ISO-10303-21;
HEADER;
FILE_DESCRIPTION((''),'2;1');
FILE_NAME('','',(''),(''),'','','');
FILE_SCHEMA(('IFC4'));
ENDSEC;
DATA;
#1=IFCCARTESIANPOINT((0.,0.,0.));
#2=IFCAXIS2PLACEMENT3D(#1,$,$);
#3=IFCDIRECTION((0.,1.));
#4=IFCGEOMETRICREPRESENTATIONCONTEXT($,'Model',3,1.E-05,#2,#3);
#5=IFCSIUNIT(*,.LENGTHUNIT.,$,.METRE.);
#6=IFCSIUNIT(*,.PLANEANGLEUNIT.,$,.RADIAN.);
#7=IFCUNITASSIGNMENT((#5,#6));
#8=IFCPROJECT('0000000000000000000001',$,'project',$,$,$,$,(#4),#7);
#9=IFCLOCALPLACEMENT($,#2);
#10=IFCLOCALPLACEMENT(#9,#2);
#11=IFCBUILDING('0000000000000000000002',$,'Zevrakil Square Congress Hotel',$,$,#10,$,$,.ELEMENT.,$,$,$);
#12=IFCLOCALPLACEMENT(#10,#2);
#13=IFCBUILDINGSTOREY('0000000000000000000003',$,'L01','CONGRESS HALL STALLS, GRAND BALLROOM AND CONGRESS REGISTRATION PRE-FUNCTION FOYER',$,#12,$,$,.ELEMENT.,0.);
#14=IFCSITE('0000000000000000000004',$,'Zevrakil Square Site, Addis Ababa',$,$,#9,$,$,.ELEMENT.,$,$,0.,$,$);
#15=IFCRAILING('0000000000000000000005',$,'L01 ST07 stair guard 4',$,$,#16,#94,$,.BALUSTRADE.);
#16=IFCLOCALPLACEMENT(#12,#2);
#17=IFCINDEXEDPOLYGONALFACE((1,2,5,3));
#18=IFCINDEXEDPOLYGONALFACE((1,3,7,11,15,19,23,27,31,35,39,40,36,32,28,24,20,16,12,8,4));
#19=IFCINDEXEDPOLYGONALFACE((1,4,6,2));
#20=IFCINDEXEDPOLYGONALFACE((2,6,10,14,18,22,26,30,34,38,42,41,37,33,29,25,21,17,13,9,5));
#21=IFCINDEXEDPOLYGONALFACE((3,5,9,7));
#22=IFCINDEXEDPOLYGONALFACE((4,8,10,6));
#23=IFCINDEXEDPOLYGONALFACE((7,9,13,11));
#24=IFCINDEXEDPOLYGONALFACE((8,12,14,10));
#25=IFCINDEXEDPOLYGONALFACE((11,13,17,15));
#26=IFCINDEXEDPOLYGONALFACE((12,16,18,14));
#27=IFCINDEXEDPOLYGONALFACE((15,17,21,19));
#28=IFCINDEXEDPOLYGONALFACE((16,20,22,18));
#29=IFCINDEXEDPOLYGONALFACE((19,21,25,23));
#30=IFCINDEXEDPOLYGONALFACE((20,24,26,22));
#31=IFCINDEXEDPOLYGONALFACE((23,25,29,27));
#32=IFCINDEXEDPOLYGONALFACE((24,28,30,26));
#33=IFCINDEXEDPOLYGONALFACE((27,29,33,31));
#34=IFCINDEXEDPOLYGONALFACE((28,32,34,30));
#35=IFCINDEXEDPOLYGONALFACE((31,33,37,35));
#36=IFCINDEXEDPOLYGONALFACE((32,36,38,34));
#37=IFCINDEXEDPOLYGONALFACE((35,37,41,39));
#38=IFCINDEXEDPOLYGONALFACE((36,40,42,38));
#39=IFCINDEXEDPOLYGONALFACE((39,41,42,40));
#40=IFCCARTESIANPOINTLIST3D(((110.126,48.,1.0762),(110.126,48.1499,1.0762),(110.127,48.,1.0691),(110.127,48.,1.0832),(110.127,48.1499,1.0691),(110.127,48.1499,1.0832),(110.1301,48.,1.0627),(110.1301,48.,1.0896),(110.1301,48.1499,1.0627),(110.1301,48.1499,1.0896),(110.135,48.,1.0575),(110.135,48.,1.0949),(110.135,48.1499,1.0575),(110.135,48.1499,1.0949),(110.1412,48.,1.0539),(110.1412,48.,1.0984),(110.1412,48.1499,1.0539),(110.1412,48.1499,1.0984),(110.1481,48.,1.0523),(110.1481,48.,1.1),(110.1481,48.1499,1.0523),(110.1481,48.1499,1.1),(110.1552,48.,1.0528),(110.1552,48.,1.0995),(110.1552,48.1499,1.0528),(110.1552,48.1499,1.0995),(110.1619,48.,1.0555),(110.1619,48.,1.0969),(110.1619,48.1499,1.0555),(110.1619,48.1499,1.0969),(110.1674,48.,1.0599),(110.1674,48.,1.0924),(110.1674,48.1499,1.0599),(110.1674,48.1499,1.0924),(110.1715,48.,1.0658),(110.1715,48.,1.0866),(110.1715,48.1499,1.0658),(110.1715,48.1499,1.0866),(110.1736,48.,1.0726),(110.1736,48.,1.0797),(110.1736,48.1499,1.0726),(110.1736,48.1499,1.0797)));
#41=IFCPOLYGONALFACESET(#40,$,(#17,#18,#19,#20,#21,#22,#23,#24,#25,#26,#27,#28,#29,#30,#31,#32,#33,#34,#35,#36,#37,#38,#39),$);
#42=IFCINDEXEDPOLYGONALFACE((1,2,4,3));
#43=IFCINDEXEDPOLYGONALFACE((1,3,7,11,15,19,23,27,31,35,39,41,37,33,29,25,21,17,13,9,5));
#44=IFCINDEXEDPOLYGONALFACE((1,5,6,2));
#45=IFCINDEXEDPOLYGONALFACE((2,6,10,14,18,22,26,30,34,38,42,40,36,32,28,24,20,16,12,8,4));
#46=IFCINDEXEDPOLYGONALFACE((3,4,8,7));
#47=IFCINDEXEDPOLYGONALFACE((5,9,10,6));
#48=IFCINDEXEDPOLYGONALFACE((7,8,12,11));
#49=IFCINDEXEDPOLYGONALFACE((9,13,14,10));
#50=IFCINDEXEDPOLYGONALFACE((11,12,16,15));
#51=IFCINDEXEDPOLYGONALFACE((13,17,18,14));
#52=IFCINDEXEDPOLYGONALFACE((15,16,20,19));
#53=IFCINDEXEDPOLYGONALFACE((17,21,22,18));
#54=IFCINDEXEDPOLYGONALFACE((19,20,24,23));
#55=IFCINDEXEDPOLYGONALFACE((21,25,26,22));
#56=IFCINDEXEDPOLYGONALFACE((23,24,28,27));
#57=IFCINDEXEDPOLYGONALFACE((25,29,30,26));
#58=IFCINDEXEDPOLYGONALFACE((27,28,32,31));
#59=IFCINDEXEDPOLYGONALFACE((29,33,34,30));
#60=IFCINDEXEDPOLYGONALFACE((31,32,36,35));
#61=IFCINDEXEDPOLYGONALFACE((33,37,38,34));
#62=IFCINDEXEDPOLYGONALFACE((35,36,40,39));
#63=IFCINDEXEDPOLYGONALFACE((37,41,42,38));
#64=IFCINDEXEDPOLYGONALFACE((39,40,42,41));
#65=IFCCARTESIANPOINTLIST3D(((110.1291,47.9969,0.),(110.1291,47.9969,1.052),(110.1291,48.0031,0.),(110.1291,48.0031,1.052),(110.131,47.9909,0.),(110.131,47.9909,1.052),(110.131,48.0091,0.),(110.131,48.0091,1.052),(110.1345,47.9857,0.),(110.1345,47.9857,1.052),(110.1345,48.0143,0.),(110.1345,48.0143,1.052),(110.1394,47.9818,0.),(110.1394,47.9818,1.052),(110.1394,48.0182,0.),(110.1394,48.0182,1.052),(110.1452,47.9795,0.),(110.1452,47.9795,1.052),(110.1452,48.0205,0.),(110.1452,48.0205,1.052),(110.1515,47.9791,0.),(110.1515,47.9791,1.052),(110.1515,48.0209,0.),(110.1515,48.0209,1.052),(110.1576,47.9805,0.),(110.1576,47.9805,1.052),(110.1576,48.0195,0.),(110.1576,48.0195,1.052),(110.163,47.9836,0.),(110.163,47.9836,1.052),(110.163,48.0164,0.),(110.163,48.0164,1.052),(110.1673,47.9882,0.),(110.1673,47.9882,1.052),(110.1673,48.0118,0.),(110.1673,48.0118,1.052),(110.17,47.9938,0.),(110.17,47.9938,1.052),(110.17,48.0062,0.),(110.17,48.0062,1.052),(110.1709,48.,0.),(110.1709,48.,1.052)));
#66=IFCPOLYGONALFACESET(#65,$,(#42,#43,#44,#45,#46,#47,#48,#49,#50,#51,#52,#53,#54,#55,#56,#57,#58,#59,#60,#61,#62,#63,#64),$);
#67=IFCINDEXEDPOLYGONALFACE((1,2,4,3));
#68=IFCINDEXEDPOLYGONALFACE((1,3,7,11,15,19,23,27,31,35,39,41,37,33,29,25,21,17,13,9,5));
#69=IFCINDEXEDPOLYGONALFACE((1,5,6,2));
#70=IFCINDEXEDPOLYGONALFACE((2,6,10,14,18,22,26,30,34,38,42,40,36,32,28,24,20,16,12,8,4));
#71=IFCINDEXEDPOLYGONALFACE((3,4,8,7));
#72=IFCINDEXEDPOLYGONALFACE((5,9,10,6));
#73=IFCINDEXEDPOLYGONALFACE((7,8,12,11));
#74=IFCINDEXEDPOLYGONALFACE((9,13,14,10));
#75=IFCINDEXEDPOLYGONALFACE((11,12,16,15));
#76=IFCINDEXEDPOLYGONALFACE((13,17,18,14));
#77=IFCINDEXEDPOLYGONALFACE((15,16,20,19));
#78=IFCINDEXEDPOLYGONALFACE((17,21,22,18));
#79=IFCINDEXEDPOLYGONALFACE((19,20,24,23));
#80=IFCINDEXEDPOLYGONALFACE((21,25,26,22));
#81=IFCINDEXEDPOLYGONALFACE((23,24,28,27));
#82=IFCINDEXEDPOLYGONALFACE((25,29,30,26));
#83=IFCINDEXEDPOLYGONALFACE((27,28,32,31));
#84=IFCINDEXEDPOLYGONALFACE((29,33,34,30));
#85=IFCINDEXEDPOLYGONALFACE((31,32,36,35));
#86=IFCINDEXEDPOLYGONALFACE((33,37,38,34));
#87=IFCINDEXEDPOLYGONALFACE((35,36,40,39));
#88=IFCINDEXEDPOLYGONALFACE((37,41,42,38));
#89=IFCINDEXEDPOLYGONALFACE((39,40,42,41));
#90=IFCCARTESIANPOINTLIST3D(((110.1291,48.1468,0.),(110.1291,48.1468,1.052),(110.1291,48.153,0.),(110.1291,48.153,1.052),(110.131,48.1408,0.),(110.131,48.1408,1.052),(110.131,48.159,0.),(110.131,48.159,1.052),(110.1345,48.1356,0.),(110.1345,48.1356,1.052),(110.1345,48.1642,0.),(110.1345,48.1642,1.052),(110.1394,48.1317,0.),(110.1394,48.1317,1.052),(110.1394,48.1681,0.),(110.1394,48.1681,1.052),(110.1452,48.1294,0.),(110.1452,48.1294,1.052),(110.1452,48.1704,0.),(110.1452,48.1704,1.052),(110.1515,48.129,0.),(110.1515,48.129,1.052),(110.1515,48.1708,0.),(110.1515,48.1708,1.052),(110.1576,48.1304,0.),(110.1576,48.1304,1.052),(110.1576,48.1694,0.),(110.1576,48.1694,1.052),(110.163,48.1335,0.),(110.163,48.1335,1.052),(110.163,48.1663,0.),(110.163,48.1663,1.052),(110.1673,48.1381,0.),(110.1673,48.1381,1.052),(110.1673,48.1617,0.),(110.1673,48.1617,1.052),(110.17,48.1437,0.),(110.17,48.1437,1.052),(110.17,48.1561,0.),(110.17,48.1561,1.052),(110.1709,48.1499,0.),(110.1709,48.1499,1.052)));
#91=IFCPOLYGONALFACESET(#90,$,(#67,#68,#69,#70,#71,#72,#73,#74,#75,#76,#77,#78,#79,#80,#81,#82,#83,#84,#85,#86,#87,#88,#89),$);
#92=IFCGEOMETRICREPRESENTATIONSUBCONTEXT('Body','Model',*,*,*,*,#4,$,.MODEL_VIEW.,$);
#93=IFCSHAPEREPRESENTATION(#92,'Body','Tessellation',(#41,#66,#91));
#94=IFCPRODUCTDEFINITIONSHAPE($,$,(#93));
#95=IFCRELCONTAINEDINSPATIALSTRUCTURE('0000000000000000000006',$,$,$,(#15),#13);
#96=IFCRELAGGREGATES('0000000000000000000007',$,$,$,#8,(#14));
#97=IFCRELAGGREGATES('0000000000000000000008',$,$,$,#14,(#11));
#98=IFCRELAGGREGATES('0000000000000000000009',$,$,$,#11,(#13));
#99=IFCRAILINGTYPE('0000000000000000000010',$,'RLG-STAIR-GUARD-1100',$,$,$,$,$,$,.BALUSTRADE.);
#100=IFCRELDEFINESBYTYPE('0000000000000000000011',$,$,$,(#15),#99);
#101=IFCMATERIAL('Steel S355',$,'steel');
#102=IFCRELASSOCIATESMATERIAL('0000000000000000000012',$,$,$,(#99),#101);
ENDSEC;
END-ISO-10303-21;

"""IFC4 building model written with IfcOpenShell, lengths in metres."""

from ifc_helpers import new_model, si_unit, direction, frame, origin, origin_2d, place, context, subcontext, project, spatial, circle, extrude, material, type_object, element, save


model = new_model("IFC4")

# Units and contexts
model_context = context("Model", 3, precision=1e-05, world=origin(), true_north=direction((0.0, 1.0)))
body_context = subcontext(model_context, "Body", "Model", "MODEL_VIEW")
ifc_project = project(units=[si_unit("LENGTHUNIT", "METRE"), si_unit("PLANEANGLEUNIT", "RADIAN")], contexts=[model_context])

# Site, building, storey
site_placement = place(None, origin())
site = spatial("IfcSite", under=ifc_project, at=site_placement, Name="Zevrakil Square Site, Addis Ababa", CompositionType="ELEMENT", RefElevation=0.0)
building_placement = place(site_placement, origin())
building = spatial("IfcBuilding", under=site, at=building_placement, Name="Zevrakil Square Congress Hotel", CompositionType="ELEMENT")
storey_placement = place(building_placement, origin())
storey = spatial("IfcBuildingStorey", under=building, at=storey_placement, Name="L01", Description="CONGRESS HALL STALLS, GRAND BALLROOM AND CONGRESS REGISTRATION PRE-FUNCTION FOYER", CompositionType="ELEMENT", Elevation=0.0)

# Railing
ifc_material_1 = material(Name="Steel S355", Category="steel")
railing_type_1 = type_object("IfcRailingType", Name="RLG-STAIR-GUARD-1100", PredefinedType="BALUSTRADE", material=ifc_material_1)
railing_1_placement = place(storey_placement, frame((110.1499, 48.0, 0.0)))
element("IfcRailing", 1, at=railing_1_placement, inside=storey, type_object=railing_type_1, Name="L01 ST07 stair guard 4", PredefinedType="BALUSTRADE", context=body_context, shape_type="SweptSolid", body=[
    extrude(circle(Radius=0.0239, at=origin_2d()), frame((0.0, 0.0, 1.0762), z_axis=(0.0, 1.0, 0.0), x_axis=(-1.0, 0.0, 0.0)), (0.0, 0.0, 1.0), 0.1499),
    extrude(circle(Radius=0.021, at=origin_2d()), origin(), (0.0, 0.0, 1.0), 1.052),
    extrude(circle(Radius=0.021, at=origin_2d()), frame((0.0, 0.1499, 0.0)), (0.0, 0.0, 1.0), 1.052),
])

save(model, "model.ifc")
